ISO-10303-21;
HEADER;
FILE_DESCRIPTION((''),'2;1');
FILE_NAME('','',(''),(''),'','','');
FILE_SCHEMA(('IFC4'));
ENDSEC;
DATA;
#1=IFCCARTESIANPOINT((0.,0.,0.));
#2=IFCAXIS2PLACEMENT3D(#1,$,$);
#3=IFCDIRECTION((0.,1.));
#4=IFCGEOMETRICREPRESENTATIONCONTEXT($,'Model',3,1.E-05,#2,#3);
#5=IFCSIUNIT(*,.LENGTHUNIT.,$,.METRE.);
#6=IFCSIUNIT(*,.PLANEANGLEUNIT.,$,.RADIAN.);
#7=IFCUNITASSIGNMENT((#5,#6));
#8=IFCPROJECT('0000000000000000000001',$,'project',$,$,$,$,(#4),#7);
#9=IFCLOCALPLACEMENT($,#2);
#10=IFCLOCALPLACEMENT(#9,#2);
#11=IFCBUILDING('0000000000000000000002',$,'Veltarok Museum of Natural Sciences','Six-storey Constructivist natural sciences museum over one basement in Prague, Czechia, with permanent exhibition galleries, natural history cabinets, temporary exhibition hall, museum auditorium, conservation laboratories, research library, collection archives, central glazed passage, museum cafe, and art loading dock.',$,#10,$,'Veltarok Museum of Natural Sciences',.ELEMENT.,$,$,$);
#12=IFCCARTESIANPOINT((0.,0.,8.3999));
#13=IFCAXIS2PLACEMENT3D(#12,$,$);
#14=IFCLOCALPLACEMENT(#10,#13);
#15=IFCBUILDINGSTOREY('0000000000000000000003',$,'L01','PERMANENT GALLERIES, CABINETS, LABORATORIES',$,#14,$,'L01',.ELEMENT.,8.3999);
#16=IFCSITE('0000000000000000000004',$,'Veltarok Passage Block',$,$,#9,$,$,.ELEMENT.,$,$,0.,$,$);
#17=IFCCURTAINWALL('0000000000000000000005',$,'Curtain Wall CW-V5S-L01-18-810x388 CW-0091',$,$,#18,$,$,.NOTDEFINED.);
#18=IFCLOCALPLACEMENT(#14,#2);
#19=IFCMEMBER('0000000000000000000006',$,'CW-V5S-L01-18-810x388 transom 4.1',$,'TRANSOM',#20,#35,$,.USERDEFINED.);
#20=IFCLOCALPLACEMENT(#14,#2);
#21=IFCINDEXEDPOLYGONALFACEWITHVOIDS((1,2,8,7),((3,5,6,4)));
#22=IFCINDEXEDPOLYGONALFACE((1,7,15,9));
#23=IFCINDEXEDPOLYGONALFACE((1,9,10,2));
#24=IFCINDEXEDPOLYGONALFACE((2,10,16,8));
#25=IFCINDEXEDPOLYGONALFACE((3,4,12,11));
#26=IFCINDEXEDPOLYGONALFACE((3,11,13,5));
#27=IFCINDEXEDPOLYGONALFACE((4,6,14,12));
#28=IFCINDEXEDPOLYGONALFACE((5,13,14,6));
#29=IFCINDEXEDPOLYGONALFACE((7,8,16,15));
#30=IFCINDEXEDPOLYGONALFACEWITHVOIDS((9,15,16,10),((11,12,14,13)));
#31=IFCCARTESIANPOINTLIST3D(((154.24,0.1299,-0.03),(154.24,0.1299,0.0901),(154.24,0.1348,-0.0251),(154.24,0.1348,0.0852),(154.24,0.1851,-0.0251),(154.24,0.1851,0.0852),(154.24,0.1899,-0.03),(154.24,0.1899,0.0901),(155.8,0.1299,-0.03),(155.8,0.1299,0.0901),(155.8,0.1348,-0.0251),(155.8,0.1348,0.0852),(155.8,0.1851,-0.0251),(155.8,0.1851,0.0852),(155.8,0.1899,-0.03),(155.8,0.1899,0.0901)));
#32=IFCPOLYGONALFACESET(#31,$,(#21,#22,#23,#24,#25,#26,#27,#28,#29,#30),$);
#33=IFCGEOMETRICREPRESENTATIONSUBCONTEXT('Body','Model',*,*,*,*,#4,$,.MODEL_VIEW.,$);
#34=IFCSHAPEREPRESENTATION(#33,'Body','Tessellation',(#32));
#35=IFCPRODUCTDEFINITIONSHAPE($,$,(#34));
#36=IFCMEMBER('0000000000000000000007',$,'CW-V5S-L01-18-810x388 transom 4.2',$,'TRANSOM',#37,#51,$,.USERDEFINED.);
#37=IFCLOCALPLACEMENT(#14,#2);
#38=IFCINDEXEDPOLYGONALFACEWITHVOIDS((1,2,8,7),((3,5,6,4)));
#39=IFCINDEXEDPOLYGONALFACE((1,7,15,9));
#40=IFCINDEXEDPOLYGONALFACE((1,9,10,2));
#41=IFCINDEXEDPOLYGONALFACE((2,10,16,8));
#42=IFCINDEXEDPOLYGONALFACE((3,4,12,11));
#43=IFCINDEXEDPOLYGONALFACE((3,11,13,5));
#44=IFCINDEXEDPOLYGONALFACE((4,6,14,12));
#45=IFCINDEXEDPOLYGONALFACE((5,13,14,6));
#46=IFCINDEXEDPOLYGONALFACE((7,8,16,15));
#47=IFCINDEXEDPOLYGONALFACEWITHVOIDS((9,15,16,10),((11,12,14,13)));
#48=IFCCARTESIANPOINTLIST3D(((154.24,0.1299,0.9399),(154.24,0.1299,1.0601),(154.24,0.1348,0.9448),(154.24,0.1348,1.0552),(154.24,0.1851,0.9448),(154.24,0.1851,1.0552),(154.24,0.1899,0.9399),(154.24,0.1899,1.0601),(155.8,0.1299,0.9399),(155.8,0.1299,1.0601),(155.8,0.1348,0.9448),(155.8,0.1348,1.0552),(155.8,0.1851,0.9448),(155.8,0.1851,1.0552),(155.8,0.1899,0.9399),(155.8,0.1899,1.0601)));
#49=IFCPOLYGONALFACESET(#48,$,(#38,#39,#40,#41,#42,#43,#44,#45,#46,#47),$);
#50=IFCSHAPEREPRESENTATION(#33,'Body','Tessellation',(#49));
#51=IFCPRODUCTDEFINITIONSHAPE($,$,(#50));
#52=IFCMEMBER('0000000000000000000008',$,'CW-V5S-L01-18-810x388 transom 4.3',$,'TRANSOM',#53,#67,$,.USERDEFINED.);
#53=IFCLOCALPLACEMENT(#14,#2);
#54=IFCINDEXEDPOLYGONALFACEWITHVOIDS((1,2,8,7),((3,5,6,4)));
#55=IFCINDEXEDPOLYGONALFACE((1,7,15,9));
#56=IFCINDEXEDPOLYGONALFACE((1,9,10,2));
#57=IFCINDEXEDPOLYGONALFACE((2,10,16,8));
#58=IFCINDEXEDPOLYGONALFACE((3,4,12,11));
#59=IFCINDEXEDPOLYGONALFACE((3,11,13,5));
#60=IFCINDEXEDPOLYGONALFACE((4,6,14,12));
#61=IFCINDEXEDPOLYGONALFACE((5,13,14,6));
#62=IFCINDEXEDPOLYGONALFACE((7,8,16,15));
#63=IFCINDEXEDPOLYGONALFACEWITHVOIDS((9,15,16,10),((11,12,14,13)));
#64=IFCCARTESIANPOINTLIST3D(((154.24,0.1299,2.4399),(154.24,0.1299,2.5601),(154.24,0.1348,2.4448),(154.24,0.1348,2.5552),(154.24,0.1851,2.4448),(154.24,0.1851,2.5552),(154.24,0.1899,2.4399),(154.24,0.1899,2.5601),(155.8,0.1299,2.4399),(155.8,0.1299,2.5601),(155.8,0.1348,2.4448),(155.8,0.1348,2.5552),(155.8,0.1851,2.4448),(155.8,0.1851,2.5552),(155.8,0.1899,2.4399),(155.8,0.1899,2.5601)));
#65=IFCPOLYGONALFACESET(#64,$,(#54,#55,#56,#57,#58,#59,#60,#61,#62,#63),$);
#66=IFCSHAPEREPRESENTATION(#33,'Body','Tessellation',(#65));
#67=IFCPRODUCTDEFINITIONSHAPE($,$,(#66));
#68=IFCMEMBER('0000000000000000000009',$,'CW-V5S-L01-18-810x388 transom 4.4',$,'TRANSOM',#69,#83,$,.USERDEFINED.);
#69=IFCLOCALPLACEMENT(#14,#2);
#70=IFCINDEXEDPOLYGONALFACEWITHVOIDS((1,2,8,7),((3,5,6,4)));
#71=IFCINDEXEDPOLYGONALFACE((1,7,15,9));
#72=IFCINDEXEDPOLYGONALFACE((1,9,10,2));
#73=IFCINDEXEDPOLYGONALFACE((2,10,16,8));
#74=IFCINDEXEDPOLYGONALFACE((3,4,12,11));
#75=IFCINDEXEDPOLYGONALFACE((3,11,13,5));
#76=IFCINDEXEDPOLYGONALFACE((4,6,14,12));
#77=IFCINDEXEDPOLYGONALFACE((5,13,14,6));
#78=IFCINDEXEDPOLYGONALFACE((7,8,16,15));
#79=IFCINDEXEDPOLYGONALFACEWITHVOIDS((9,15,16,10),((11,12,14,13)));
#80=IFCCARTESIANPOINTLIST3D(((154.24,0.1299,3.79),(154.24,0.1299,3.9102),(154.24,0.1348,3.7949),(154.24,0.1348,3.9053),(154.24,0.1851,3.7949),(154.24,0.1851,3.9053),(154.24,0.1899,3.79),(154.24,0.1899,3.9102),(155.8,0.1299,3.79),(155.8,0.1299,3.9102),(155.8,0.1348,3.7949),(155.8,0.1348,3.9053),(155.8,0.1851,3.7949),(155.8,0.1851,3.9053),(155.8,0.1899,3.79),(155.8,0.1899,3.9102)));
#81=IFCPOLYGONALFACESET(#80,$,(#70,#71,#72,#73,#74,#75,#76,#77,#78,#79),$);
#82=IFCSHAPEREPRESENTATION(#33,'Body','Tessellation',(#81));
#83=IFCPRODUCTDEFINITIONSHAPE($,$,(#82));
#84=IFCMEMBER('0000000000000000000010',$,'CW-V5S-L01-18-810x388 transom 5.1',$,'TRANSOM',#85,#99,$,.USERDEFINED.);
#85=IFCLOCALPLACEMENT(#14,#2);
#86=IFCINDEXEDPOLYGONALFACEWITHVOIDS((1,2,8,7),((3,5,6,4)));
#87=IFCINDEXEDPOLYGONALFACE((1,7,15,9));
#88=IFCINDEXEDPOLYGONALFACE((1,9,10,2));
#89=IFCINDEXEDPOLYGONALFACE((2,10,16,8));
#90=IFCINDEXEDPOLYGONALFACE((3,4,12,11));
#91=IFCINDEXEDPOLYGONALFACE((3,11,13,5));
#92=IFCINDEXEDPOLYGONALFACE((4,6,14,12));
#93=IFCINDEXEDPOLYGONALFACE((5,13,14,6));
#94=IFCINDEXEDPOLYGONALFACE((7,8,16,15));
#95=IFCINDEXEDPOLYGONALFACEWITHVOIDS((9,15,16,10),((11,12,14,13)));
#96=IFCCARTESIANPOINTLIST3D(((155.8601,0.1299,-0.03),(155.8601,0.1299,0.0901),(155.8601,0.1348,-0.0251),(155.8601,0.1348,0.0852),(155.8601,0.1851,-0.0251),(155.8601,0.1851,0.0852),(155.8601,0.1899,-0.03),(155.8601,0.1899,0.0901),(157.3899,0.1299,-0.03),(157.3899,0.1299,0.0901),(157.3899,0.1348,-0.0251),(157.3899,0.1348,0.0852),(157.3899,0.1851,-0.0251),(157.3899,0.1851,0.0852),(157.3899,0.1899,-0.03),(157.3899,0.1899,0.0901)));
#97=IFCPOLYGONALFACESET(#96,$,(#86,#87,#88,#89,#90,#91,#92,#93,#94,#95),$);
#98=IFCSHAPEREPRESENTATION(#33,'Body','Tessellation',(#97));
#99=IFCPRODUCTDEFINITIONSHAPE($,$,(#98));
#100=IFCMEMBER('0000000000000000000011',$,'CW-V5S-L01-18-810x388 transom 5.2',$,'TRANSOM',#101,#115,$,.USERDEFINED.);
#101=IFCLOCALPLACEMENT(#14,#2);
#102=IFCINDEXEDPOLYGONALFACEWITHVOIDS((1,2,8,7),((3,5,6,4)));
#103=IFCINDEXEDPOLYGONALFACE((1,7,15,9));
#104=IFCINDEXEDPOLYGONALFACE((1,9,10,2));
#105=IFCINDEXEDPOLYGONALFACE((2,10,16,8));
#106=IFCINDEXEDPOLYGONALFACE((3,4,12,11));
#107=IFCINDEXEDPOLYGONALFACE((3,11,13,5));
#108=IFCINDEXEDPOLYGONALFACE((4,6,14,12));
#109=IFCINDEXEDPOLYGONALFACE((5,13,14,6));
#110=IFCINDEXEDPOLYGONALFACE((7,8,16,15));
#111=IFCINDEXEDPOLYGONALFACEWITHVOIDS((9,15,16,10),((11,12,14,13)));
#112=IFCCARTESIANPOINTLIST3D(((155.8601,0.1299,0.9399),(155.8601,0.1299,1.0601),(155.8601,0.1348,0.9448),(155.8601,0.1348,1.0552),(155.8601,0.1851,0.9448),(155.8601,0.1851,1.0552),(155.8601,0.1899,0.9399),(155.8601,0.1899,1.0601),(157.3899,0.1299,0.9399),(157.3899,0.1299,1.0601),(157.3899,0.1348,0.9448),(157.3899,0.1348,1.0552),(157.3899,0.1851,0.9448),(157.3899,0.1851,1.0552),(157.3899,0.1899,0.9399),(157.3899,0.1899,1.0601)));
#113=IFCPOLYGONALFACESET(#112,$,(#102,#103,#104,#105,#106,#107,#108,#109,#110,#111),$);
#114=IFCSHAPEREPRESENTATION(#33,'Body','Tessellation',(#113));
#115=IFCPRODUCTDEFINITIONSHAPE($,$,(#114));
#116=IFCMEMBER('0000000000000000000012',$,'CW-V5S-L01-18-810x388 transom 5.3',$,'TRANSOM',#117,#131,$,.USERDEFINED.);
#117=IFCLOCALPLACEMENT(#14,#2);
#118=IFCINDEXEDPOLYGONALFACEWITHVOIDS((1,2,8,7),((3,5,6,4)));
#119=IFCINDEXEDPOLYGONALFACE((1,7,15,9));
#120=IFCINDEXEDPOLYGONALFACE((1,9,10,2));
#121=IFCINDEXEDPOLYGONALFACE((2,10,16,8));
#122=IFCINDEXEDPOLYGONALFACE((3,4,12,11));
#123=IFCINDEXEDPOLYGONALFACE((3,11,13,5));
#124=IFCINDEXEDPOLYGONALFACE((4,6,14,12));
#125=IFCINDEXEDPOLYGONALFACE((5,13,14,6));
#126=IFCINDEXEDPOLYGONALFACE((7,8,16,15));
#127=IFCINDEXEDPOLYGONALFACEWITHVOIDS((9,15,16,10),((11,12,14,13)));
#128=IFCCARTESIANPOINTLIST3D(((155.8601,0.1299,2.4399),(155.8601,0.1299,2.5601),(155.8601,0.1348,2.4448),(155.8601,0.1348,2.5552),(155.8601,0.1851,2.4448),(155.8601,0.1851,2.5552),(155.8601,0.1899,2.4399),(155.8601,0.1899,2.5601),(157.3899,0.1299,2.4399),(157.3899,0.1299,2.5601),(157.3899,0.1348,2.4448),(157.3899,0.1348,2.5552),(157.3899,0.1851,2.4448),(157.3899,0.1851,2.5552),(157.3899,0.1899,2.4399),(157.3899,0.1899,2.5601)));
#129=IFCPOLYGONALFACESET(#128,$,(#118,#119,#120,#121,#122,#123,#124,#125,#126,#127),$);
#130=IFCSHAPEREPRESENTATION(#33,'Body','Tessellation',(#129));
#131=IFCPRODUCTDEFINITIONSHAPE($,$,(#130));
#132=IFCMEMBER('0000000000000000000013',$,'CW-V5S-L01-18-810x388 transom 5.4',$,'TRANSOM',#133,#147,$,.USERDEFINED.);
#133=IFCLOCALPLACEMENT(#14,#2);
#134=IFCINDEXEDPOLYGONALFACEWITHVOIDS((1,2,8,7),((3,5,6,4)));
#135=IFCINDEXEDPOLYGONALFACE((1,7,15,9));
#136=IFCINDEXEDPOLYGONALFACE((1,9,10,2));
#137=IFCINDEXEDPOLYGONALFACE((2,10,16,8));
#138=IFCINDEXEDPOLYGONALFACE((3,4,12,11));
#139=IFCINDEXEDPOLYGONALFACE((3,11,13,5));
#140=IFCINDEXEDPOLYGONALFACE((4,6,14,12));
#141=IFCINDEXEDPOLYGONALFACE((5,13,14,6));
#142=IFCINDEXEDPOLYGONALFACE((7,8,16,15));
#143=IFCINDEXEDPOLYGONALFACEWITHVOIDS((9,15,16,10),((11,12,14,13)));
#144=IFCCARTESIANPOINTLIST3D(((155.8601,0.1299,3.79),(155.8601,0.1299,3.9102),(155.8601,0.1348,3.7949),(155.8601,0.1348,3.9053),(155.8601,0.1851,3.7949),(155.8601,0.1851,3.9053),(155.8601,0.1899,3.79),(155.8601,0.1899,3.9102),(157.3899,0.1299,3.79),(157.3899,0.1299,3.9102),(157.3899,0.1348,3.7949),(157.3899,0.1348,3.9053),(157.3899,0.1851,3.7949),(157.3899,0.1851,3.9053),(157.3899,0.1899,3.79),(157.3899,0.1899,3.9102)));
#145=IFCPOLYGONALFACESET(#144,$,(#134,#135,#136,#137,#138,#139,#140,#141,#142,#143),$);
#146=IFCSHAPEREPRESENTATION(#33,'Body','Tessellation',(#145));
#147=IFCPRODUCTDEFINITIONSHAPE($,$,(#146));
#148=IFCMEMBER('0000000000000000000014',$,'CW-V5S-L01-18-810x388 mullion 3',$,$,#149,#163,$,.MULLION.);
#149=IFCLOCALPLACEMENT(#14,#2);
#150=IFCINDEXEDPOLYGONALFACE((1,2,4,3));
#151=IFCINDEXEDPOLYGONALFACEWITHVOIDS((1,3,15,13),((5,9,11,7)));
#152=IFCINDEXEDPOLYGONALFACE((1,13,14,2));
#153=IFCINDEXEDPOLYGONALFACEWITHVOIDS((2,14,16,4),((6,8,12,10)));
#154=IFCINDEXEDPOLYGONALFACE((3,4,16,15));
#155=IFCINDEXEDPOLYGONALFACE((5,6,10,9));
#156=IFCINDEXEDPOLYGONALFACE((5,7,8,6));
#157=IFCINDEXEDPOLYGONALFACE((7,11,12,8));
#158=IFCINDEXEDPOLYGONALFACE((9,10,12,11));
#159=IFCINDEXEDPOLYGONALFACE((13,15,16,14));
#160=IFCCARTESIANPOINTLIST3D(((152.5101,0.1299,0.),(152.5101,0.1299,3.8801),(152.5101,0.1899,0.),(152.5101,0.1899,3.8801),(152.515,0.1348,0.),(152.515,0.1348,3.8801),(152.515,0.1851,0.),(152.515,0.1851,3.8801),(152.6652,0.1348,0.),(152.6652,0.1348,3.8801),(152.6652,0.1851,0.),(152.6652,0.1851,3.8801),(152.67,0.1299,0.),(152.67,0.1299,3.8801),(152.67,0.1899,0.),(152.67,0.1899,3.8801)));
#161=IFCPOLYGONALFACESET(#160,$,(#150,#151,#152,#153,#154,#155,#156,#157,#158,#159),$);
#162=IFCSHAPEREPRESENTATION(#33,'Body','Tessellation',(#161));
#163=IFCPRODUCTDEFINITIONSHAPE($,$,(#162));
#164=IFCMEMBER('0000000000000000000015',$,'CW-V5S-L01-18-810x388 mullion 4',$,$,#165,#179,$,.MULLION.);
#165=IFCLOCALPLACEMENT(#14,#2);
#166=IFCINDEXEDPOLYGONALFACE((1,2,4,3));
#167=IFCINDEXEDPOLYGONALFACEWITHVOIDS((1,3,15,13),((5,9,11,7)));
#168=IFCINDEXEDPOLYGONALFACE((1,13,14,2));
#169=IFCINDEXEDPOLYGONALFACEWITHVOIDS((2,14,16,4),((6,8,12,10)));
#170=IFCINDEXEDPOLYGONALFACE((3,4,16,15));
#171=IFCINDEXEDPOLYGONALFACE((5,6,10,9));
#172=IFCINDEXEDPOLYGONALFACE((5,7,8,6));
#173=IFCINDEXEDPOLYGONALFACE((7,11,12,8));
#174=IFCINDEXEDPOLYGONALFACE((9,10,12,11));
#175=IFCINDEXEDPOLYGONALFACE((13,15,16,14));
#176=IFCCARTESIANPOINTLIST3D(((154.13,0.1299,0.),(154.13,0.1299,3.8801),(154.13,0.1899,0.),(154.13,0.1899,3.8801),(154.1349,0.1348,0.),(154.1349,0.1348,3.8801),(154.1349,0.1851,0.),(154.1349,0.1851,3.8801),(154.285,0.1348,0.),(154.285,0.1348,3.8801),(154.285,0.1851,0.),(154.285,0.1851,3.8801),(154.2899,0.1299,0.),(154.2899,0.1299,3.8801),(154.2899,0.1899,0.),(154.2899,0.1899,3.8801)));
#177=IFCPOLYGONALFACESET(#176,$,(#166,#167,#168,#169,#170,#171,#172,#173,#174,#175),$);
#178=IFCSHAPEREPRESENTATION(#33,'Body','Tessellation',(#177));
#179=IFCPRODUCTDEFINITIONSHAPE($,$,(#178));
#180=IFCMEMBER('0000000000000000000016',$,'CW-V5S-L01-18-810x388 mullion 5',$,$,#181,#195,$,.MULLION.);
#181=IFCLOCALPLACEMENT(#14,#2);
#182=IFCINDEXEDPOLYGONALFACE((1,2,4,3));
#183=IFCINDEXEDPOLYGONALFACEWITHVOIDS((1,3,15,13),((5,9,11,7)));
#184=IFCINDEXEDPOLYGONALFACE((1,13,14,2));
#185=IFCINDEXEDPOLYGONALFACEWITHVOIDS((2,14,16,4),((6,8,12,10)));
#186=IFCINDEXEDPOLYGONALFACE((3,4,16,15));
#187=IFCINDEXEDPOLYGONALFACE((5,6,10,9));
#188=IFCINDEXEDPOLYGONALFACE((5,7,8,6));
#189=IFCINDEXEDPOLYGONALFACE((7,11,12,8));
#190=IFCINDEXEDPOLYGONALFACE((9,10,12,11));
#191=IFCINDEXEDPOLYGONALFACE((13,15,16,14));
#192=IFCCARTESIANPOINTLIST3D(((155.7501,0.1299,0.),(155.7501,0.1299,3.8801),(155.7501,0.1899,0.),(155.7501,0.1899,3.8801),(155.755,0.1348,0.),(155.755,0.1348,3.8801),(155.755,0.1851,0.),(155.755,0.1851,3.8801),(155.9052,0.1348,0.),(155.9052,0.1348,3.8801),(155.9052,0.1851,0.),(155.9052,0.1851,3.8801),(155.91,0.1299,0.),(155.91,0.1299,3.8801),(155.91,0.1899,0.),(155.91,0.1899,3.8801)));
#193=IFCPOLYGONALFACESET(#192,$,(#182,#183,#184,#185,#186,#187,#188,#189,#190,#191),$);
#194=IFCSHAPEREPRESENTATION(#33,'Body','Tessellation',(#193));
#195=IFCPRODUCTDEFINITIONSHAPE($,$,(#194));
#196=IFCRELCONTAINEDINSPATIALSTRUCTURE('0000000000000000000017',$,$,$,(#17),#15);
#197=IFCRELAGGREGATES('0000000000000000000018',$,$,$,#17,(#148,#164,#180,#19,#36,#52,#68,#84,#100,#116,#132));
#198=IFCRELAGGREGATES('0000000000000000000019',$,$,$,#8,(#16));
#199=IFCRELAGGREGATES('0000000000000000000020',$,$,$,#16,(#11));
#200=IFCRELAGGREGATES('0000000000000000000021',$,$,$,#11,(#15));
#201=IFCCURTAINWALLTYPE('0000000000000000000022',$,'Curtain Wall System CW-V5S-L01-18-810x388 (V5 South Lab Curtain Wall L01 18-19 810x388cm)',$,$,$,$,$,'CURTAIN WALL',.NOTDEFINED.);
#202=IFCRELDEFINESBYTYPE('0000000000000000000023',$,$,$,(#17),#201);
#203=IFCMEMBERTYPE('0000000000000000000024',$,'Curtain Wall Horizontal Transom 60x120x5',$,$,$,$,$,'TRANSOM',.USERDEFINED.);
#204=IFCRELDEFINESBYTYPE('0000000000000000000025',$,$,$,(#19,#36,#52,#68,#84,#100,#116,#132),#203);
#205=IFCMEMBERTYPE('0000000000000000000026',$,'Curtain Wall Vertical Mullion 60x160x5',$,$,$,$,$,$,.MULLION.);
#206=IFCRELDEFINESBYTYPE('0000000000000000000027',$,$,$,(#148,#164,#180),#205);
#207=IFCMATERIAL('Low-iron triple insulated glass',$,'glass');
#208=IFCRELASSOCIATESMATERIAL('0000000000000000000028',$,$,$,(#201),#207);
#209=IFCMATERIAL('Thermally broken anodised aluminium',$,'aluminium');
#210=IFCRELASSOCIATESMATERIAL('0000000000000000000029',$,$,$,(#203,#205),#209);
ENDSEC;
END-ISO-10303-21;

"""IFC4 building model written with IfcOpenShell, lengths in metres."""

from ifc_helpers import new_model, si_unit, direction, frame, origin, origin_2d, place, context, subcontext, project, spatial, hollow_rectangle, extrude, material, material_profile, profile_set, type_object, element, aggregate, save


model = new_model("IFC4")

# Units and contexts
model_context = context("Model", 3, precision=1e-05, world=origin(), true_north=direction((0.0, 1.0)))
body_context = subcontext(model_context, "Body", "Model", "MODEL_VIEW")
ifc_project = project(units=[si_unit("LENGTHUNIT", "METRE"), si_unit("PLANEANGLEUNIT", "RADIAN")], contexts=[model_context])

# Site, building, storey
site_placement = place(None, origin())
site = spatial("IfcSite", under=ifc_project, at=site_placement, Name="Veltarok Passage Block", CompositionType="ELEMENT", RefElevation=0.0)
building_placement = place(site_placement, origin())
building = spatial("IfcBuilding", under=site, at=building_placement, Name="Veltarok Museum of Natural Sciences", Description="Six-storey Constructivist natural sciences museum over one basement in Prague, Czechia, with permanent exhibition galleries, natural history cabinets, temporary exhibition hall, museum auditorium, conservation laboratories, research library, collection archives, central glazed passage, museum cafe, and art loading dock.", LongName="Veltarok Museum of Natural Sciences", CompositionType="ELEMENT")
storey_placement = place(building_placement, frame((0.0, 0.0, 8.3999)))
storey = spatial("IfcBuildingStorey", under=building, at=storey_placement, Name="L01", Description="PERMANENT GALLERIES, CABINETS, LABORATORIES", LongName="L01", CompositionType="ELEMENT", Elevation=8.3999)

# Curtain wall, members
ifc_material_1 = material(Name="Low-iron triple insulated glass", Category="glass")
curtain_wall_type = type_object("IfcCurtainWallType", Name="Curtain Wall System CW-V5S-L01-18-810x388 (V5 South Lab Curtain Wall L01 18-19 810x388cm)", ElementType="CURTAIN WALL", PredefinedType="NOTDEFINED", material=ifc_material_1)
curtain_wall_placement = place(storey_placement, origin())
curtain_wall = element("IfcCurtainWall", 1, at=curtain_wall_placement, inside=storey, type_object=curtain_wall_type, Name="Curtain Wall CW-V5S-L01-18-810x388 CW-0091", PredefinedType="NOTDEFINED")
ifc_material_2 = material(Name="Thermally broken anodised aluminium", Category="aluminium")
ifc_material_profile_1 = material_profile(ifc_material_2, hollow_rectangle(XDim=0.0601, YDim=0.1201, WallThickness=0.0049, at=origin_2d()), Name="CW TRANSOM 60x120x5")
ifc_profile_set_1 = profile_set([ifc_material_profile_1], Name="Thermally broken anodised aluminium")
member_type_1 = type_object("IfcMemberType", Name="Curtain Wall Horizontal Transom 60x120x5", ElementType="TRANSOM", PredefinedType="USERDEFINED", material=ifc_profile_set_1)
member_1_placement = place(storey_placement, frame((154.24, 0.1599, 0.03), z_axis=(1.0, 0.0, 0.0), x_axis=(0.0, 1.0, 0.0)))
member_1 = element("IfcMember", 2, at=member_1_placement, type_object=member_type_1, Name="CW-V5S-L01-18-810x388 transom 4.1", ObjectType="TRANSOM", PredefinedType="USERDEFINED", context=body_context, shape_type="SweptSolid", body=[
    extrude(hollow_rectangle(XDim=0.0601, YDim=0.1201, WallThickness=0.0049, at=origin_2d()), origin(), (0.0, 0.0, 1.0), 1.5601),
])
member_2_placement = place(storey_placement, frame((154.24, 0.1599, 1.0), z_axis=(1.0, 0.0, 0.0), x_axis=(0.0, 1.0, 0.0)))
member_2 = element("IfcMember", 3, at=member_2_placement, type_object=member_type_1, Name="CW-V5S-L01-18-810x388 transom 4.2", ObjectType="TRANSOM", PredefinedType="USERDEFINED", context=body_context, shape_type="SweptSolid", body=[
    extrude(hollow_rectangle(XDim=0.0601, YDim=0.1201, WallThickness=0.0049, at=origin_2d()), origin(), (0.0, 0.0, 1.0), 1.5601),
])
member_3_placement = place(storey_placement, frame((154.24, 0.1599, 2.5), z_axis=(1.0, 0.0, 0.0), x_axis=(0.0, 1.0, 0.0)))
member_3 = element("IfcMember", 4, at=member_3_placement, type_object=member_type_1, Name="CW-V5S-L01-18-810x388 transom 4.3", ObjectType="TRANSOM", PredefinedType="USERDEFINED", context=body_context, shape_type="SweptSolid", body=[
    extrude(hollow_rectangle(XDim=0.0601, YDim=0.1201, WallThickness=0.0049, at=origin_2d()), origin(), (0.0, 0.0, 1.0), 1.5601),
])
member_4_placement = place(storey_placement, frame((154.24, 0.1599, 3.8501), z_axis=(1.0, 0.0, 0.0), x_axis=(0.0, 1.0, 0.0)))
member_4 = element("IfcMember", 5, at=member_4_placement, type_object=member_type_1, Name="CW-V5S-L01-18-810x388 transom 4.4", ObjectType="TRANSOM", PredefinedType="USERDEFINED", context=body_context, shape_type="SweptSolid", body=[
    extrude(hollow_rectangle(XDim=0.0601, YDim=0.1201, WallThickness=0.0049, at=origin_2d()), origin(), (0.0, 0.0, 1.0), 1.5601),
])
member_5_placement = place(storey_placement, frame((155.8601, 0.1599, 0.03), z_axis=(1.0, 0.0, 0.0), x_axis=(0.0, 1.0, 0.0)))
member_5 = element("IfcMember", 6, at=member_5_placement, type_object=member_type_1, Name="CW-V5S-L01-18-810x388 transom 5.1", ObjectType="TRANSOM", PredefinedType="USERDEFINED", context=body_context, shape_type="SweptSolid", body=[
    extrude(hollow_rectangle(XDim=0.0601, YDim=0.1201, WallThickness=0.0049, at=origin_2d()), origin(), (0.0, 0.0, 1.0), 1.5298),
])
member_6_placement = place(storey_placement, frame((155.8601, 0.1599, 1.0), z_axis=(1.0, 0.0, 0.0), x_axis=(0.0, 1.0, 0.0)))
member_6 = element("IfcMember", 7, at=member_6_placement, type_object=member_type_1, Name="CW-V5S-L01-18-810x388 transom 5.2", ObjectType="TRANSOM", PredefinedType="USERDEFINED", context=body_context, shape_type="SweptSolid", body=[
    extrude(hollow_rectangle(XDim=0.0601, YDim=0.1201, WallThickness=0.0049, at=origin_2d()), origin(), (0.0, 0.0, 1.0), 1.5298),
])
member_7_placement = place(storey_placement, frame((155.8601, 0.1599, 2.5), z_axis=(1.0, 0.0, 0.0), x_axis=(0.0, 1.0, 0.0)))
member_7 = element("IfcMember", 8, at=member_7_placement, type_object=member_type_1, Name="CW-V5S-L01-18-810x388 transom 5.3", ObjectType="TRANSOM", PredefinedType="USERDEFINED", context=body_context, shape_type="SweptSolid", body=[
    extrude(hollow_rectangle(XDim=0.0601, YDim=0.1201, WallThickness=0.0049, at=origin_2d()), origin(), (0.0, 0.0, 1.0), 1.5298),
])
member_8_placement = place(storey_placement, frame((155.8601, 0.1599, 3.8501), z_axis=(1.0, 0.0, 0.0), x_axis=(0.0, 1.0, 0.0)))
member_8 = element("IfcMember", 9, at=member_8_placement, type_object=member_type_1, Name="CW-V5S-L01-18-810x388 transom 5.4", ObjectType="TRANSOM", PredefinedType="USERDEFINED", context=body_context, shape_type="SweptSolid", body=[
    extrude(hollow_rectangle(XDim=0.0601, YDim=0.1201, WallThickness=0.0049, at=origin_2d()), origin(), (0.0, 0.0, 1.0), 1.5298),
])
ifc_material_profile_2 = material_profile(ifc_material_2, hollow_rectangle(XDim=0.0601, YDim=0.1599, WallThickness=0.0049, at=origin_2d()), Name="CW MULLION 60x160x5")
ifc_profile_set_2 = profile_set([ifc_material_profile_2], Name="Thermally broken anodised aluminium")
member_type_2 = type_object("IfcMemberType", Name="Curtain Wall Vertical Mullion 60x160x5", PredefinedType="MULLION", material=ifc_profile_set_2)
member_9_placement = place(storey_placement, frame((152.5901, 0.1599, 0.0), z_axis=(0.0, 0.0, 1.0), x_axis=(0.0, 1.0, 0.0)))
member_9 = element("IfcMember", 10, at=member_9_placement, type_object=member_type_2, Name="CW-V5S-L01-18-810x388 mullion 3", PredefinedType="MULLION", context=body_context, shape_type="SweptSolid", body=[
    extrude(hollow_rectangle(XDim=0.0601, YDim=0.1599, WallThickness=0.0049, at=origin_2d()), origin(), (0.0, 0.0, 1.0), 3.8801),
])
member_10_placement = place(storey_placement, frame((154.21, 0.1599, 0.0), z_axis=(0.0, 0.0, 1.0), x_axis=(0.0, 1.0, 0.0)))
member_10 = element("IfcMember", 11, at=member_10_placement, type_object=member_type_2, Name="CW-V5S-L01-18-810x388 mullion 4", PredefinedType="MULLION", context=body_context, shape_type="SweptSolid", body=[
    extrude(hollow_rectangle(XDim=0.0601, YDim=0.1599, WallThickness=0.0049, at=origin_2d()), origin(), (0.0, 0.0, 1.0), 3.8801),
])
member_11_placement = place(storey_placement, frame((155.8301, 0.1599, 0.0), z_axis=(0.0, 0.0, 1.0), x_axis=(0.0, 1.0, 0.0)))
member_11 = element("IfcMember", 12, at=member_11_placement, type_object=member_type_2, Name="CW-V5S-L01-18-810x388 mullion 5", PredefinedType="MULLION", context=body_context, shape_type="SweptSolid", body=[
    extrude(hollow_rectangle(XDim=0.0601, YDim=0.1599, WallThickness=0.0049, at=origin_2d()), origin(), (0.0, 0.0, 1.0), 3.8801),
])

aggregate(curtain_wall, [member_9, member_10, member_11, member_1, member_2, member_3, member_4, member_5, member_6, member_7, member_8])

save(model, "model.ifc")
